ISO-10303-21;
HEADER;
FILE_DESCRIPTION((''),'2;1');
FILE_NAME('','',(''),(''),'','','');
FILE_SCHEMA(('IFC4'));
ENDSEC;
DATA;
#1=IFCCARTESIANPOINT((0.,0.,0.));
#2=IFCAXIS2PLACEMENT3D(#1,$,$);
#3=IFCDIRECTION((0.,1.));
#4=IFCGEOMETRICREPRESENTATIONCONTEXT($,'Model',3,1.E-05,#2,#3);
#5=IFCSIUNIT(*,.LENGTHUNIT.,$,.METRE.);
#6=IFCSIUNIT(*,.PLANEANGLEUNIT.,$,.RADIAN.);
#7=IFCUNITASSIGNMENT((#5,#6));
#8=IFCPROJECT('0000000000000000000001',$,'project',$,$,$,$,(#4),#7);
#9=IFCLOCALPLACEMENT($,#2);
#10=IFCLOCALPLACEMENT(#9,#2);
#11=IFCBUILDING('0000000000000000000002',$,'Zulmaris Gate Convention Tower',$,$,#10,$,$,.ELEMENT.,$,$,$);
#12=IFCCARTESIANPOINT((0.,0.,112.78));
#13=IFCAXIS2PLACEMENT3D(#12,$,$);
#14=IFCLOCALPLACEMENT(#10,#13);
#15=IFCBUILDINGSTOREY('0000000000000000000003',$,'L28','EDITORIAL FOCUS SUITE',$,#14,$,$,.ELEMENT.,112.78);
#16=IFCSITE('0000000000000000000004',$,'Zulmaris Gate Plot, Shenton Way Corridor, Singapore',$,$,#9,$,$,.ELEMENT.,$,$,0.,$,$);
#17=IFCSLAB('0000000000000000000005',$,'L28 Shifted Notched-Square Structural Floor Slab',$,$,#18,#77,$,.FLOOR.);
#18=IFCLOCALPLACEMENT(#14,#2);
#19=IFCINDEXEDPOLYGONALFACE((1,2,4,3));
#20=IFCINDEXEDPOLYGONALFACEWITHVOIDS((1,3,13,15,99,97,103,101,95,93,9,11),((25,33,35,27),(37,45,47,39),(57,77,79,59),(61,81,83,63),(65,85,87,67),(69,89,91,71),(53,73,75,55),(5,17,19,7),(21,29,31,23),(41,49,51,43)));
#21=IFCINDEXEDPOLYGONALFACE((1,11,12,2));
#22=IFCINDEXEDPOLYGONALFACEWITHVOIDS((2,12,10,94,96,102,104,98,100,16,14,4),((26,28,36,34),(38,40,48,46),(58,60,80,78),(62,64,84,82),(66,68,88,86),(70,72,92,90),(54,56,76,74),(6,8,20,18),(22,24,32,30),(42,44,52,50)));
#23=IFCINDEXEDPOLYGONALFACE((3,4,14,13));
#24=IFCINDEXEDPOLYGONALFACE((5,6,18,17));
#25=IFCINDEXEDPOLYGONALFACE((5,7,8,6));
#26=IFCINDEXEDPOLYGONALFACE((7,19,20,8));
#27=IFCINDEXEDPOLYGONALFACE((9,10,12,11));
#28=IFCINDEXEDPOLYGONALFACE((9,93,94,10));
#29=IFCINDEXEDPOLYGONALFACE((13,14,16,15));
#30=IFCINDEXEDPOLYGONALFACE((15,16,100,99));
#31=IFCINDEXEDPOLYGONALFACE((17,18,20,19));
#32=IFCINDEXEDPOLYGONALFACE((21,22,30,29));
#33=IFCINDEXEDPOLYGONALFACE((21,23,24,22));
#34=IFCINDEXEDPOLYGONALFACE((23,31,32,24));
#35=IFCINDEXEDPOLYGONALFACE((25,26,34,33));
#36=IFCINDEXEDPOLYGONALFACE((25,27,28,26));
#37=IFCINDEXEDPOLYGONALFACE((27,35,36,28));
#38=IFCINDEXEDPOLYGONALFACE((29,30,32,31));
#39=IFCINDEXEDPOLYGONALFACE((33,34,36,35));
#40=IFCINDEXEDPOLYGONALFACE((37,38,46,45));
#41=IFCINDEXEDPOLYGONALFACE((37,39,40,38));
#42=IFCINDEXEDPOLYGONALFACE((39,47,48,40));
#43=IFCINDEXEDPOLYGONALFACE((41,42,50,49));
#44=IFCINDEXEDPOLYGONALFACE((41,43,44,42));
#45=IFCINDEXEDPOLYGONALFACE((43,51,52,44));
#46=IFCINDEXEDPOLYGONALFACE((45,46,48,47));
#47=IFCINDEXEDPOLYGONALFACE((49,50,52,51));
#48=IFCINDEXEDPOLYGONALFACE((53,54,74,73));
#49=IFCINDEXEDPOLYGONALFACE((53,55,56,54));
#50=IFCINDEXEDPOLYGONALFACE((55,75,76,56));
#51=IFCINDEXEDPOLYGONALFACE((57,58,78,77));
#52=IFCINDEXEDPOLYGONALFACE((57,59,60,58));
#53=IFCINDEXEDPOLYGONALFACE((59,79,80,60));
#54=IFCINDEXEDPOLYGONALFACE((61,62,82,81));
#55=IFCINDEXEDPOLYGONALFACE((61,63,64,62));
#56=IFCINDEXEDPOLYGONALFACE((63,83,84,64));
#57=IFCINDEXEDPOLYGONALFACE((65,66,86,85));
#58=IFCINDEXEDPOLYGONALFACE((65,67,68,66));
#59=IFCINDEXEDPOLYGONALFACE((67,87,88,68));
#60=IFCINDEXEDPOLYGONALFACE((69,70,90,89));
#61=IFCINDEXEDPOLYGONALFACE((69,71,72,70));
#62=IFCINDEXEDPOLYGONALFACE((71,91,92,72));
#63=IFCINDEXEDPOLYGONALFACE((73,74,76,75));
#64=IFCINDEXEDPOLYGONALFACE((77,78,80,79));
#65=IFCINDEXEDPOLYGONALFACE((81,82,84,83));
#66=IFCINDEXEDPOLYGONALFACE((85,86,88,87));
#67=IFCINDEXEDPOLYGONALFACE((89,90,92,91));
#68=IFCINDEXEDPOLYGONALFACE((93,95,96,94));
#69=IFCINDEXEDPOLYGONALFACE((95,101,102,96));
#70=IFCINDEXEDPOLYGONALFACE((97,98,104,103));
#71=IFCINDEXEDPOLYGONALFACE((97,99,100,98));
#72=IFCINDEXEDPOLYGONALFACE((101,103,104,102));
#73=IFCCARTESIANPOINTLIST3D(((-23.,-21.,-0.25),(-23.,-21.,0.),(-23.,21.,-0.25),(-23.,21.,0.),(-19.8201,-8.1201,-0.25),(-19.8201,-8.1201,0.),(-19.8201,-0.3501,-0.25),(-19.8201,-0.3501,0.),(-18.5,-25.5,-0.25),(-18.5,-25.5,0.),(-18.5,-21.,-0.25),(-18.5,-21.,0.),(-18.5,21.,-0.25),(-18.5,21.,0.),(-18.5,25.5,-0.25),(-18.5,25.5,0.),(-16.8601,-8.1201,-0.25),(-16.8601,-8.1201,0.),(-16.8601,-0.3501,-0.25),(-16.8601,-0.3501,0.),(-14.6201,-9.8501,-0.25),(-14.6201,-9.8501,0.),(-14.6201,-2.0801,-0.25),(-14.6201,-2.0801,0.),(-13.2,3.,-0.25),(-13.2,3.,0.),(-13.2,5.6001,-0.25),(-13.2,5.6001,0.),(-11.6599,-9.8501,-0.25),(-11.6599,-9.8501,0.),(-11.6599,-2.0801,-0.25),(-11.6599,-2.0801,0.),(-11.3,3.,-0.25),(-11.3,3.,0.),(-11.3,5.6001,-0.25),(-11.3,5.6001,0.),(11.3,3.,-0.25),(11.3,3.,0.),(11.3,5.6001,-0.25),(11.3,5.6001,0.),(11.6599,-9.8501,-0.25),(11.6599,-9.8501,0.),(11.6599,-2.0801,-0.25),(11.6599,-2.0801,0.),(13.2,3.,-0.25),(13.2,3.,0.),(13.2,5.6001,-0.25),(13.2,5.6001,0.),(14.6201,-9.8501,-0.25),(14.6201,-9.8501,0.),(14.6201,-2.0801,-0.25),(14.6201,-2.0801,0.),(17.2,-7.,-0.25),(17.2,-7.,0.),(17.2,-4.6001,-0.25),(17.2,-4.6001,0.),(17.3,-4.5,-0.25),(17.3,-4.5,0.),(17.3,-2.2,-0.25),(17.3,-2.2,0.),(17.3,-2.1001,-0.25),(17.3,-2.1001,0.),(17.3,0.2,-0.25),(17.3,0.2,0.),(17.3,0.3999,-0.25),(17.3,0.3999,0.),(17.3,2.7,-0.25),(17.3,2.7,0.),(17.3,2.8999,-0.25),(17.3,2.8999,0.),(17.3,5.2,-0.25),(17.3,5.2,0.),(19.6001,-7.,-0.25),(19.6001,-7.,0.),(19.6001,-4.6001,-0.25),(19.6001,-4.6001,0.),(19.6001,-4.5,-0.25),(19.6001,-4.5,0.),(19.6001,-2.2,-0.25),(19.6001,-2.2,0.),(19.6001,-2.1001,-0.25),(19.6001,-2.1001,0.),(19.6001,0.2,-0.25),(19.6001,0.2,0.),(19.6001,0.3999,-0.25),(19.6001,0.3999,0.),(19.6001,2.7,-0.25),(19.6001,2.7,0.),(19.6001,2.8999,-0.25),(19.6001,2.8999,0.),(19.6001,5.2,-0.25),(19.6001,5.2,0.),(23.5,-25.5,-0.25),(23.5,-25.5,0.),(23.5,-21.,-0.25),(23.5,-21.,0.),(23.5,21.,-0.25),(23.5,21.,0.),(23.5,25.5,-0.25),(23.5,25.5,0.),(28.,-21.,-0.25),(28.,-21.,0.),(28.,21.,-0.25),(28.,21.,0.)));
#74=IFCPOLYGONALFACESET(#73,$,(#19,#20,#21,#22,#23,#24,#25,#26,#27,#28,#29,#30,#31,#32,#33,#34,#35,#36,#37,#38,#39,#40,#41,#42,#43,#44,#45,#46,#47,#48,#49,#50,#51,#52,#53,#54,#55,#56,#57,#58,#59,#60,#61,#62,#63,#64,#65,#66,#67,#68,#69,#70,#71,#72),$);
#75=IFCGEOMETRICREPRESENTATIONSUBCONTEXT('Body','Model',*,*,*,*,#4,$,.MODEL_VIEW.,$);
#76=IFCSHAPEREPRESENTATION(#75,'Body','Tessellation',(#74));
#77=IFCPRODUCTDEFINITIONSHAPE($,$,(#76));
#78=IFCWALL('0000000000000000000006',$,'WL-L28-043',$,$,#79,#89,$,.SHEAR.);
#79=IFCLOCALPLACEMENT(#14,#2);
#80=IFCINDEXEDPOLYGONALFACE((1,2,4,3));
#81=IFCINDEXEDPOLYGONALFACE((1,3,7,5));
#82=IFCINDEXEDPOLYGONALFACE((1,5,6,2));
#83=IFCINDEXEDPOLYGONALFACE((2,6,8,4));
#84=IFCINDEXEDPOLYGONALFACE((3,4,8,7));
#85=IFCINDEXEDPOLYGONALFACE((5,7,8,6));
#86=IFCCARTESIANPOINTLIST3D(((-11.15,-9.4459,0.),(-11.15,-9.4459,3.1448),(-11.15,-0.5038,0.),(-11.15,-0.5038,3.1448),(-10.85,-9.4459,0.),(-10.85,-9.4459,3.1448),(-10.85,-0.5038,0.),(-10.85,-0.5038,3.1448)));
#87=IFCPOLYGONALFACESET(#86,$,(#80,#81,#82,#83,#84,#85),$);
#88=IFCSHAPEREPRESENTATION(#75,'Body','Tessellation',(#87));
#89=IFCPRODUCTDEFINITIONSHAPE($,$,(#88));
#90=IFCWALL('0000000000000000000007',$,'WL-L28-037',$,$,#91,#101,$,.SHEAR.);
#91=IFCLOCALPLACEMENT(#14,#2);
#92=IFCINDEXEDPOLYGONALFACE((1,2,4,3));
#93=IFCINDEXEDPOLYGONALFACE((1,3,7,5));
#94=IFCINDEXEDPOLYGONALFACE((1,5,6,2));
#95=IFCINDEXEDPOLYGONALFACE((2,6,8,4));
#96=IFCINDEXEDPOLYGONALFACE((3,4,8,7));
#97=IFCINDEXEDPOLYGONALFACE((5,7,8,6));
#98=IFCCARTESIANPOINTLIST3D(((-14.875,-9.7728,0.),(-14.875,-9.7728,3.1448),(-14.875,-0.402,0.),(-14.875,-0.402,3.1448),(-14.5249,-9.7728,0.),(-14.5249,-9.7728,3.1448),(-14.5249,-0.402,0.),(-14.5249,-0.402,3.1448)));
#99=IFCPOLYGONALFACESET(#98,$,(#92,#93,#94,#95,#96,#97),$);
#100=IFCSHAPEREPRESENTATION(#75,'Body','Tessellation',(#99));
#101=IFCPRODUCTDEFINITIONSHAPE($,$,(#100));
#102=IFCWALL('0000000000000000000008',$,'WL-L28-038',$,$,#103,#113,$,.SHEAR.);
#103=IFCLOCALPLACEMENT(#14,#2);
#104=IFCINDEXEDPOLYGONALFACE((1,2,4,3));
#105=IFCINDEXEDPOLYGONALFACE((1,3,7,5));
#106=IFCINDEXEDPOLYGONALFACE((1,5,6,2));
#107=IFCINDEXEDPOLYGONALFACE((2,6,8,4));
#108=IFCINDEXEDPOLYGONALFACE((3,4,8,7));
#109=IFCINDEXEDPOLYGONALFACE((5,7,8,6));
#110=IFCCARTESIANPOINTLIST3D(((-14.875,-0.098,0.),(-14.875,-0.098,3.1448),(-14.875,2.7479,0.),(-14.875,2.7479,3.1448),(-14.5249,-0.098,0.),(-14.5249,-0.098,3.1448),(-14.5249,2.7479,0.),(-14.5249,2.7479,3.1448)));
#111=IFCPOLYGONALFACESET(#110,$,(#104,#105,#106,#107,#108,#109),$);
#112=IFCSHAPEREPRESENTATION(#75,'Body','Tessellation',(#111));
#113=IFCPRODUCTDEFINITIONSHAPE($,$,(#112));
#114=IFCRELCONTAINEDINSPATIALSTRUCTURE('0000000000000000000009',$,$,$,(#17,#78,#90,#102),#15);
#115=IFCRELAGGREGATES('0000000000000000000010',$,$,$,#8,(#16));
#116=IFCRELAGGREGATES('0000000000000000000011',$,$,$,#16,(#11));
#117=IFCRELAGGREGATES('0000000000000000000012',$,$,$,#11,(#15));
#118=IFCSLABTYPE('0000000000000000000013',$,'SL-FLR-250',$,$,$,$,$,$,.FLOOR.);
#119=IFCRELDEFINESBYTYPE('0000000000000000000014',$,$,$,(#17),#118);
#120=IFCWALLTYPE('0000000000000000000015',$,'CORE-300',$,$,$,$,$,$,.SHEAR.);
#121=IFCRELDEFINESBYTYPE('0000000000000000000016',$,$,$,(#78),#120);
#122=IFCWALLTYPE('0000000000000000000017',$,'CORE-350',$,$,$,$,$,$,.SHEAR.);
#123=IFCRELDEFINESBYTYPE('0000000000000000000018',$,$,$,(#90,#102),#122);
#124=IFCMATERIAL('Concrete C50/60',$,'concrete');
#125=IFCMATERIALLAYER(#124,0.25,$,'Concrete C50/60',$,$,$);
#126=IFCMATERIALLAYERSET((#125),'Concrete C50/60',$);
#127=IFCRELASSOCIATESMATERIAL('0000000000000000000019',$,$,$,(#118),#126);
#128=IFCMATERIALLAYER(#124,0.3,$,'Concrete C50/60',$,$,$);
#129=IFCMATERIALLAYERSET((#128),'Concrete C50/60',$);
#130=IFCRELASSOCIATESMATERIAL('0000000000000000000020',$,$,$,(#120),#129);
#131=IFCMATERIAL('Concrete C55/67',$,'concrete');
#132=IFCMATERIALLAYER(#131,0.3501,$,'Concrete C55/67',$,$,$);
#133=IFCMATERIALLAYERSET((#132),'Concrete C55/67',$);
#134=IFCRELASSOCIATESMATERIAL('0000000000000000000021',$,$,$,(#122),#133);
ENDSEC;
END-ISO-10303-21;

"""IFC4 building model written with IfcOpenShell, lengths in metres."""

from ifc_helpers import new_model, si_unit, direction, frame, frame_2d, origin, place, context, subcontext, project, spatial, polyline, rectangle, outline, extrude, material, layer, layer_set, type_object, element, save


model = new_model("IFC4")

# Units and contexts
model_context = context("Model", 3, precision=1e-05, world=origin(), true_north=direction((0.0, 1.0)))
body_context = subcontext(model_context, "Body", "Model", "MODEL_VIEW")
ifc_project = project(units=[si_unit("LENGTHUNIT", "METRE"), si_unit("PLANEANGLEUNIT", "RADIAN")], contexts=[model_context])

# Site, building, storey
site_placement = place(None, origin())
site = spatial("IfcSite", under=ifc_project, at=site_placement, Name="Zulmaris Gate Plot, Shenton Way Corridor, Singapore", CompositionType="ELEMENT", RefElevation=0.0)
building_placement = place(site_placement, origin())
building = spatial("IfcBuilding", under=site, at=building_placement, Name="Zulmaris Gate Convention Tower", CompositionType="ELEMENT")
storey_placement = place(building_placement, frame((0.0, 0.0, 112.78)))
storey = spatial("IfcBuildingStorey", under=building, at=storey_placement, Name="L28", Description="EDITORIAL FOCUS SUITE", CompositionType="ELEMENT", Elevation=112.78)

# Slab
ifc_material_1 = material(Name="Concrete C50/60", Category="concrete")
ifc_layer_1 = layer(ifc_material_1, 0.25, Name="Concrete C50/60")
ifc_layer_set_1 = layer_set([ifc_layer_1], Name="Concrete C50/60")
slab_type_1 = type_object("IfcSlabType", Name="SL-FLR-250", PredefinedType="FLOOR", material=ifc_layer_set_1)
slab_1_placement = place(storey_placement, frame((0.0, 0.0, -0.25)))
element("IfcSlab", 1, at=slab_1_placement, inside=storey, type_object=slab_type_1, Name="L28 Shifted Notched-Square Structural Floor Slab", PredefinedType="FLOOR", context=body_context, shape_type="SweptSolid", body=[
    extrude(outline(polyline([(-18.5, -25.5), (23.5, -25.5), (23.5, -21.0), (28.0, -21.0), (28.0, 21.0), (23.5, 21.0), (23.5, 25.5), (-18.5, 25.5), (-18.5, 21.0), (-23.0, 21.0), (-23.0, -21.0), (-18.5, -21.0), (-18.5, -25.5)]), holes=[polyline([(-14.6201, -2.0801), (-14.6201, -9.8501), (-11.6599, -9.8501), (-11.6599, -2.0801), (-14.6201, -2.0801)]), polyline([(11.6599, -2.0801), (11.6599, -9.8501), (14.6201, -9.8501), (14.6201, -2.0801), (11.6599, -2.0801)]), polyline([(-16.8601, -8.1201), (-16.8601, -0.3501), (-19.8201, -0.3501), (-19.8201, -8.1201), (-16.8601, -8.1201)]), polyline([(-13.2, 3.0), (-11.3, 3.0), (-11.3, 5.6001), (-13.2, 5.6001), (-13.2, 3.0)]), polyline([(11.3, 3.0), (13.2, 3.0), (13.2, 5.6001), (11.3, 5.6001), (11.3, 3.0)]), polyline([(17.2, -7.0), (19.6001, -7.0), (19.6001, -4.6001), (17.2, -4.6001), (17.2, -7.0)]), polyline([(17.3, -4.5), (19.6001, -4.5), (19.6001, -2.2), (17.3, -2.2), (17.3, -4.5)]), polyline([(17.3, -2.1001), (19.6001, -2.1001), (19.6001, 0.2), (17.3, 0.2), (17.3, -2.1001)]), polyline([(17.3, 0.3999), (19.6001, 0.3999), (19.6001, 2.7), (17.3, 2.7), (17.3, 0.3999)]), polyline([(17.3, 2.8999), (19.6001, 2.8999), (19.6001, 5.2), (17.3, 5.2), (17.3, 2.8999)])]), origin(), (0.0, 0.0, 1.0), 0.25),
])

# Walls
ifc_layer_2 = layer(ifc_material_1, 0.3, Name="Concrete C50/60")
ifc_layer_set_2 = layer_set([ifc_layer_2], Name="Concrete C50/60")
wall_type_1 = type_object("IfcWallType", Name="CORE-300", PredefinedType="SHEAR", material=ifc_layer_set_2)
wall_1_placement = place(storey_placement, frame((-11.0, -9.446, 0.0), z_axis=(0.0, 0.0, 1.0), x_axis=(0.0, 1.0, 0.0)))
element("IfcWall", 2, at=wall_1_placement, inside=storey, type_object=wall_type_1, Name="WL-L28-043", PredefinedType="SHEAR", context=body_context, shape_type="SweptSolid", body=[
    extrude(rectangle(XDim=8.9421, YDim=0.3, at=frame_2d((4.4712, 0.0))), origin(), (0.0, 0.0, 1.0), 3.1448),
])
ifc_material_2 = material(Name="Concrete C55/67", Category="concrete")
ifc_layer_3 = layer(ifc_material_2, 0.3501, Name="Concrete C55/67")
ifc_layer_set_3 = layer_set([ifc_layer_3], Name="Concrete C55/67")
wall_type_2 = type_object("IfcWallType", Name="CORE-350", PredefinedType="SHEAR", material=ifc_layer_set_3)
wall_2_placement = place(storey_placement, frame((-14.7, -9.7729, 0.0), z_axis=(0.0, 0.0, 1.0), x_axis=(0.0, 1.0, 0.0)))
element("IfcWall", 3, at=wall_2_placement, inside=storey, type_object=wall_type_2, Name="WL-L28-037", PredefinedType="SHEAR", context=body_context, shape_type="SweptSolid", body=[
    extrude(rectangle(XDim=9.3708, YDim=0.3501, at=frame_2d((4.6855, 0.0))), origin(), (0.0, 0.0, 1.0), 3.1448),
])
wall_3_placement = place(storey_placement, frame((-14.7, -0.0979, 0.0), z_axis=(0.0, 0.0, 1.0), x_axis=(0.0, 1.0, 0.0)))
element("IfcWall", 4, at=wall_3_placement, inside=storey, type_object=wall_type_2, Name="WL-L28-038", PredefinedType="SHEAR", context=body_context, shape_type="SweptSolid", body=[
    extrude(rectangle(XDim=2.8459, YDim=0.3501, at=frame_2d((1.4229, 0.0))), origin(), (0.0, 0.0, 1.0), 3.1448),
])

save(model, "model.ifc")
